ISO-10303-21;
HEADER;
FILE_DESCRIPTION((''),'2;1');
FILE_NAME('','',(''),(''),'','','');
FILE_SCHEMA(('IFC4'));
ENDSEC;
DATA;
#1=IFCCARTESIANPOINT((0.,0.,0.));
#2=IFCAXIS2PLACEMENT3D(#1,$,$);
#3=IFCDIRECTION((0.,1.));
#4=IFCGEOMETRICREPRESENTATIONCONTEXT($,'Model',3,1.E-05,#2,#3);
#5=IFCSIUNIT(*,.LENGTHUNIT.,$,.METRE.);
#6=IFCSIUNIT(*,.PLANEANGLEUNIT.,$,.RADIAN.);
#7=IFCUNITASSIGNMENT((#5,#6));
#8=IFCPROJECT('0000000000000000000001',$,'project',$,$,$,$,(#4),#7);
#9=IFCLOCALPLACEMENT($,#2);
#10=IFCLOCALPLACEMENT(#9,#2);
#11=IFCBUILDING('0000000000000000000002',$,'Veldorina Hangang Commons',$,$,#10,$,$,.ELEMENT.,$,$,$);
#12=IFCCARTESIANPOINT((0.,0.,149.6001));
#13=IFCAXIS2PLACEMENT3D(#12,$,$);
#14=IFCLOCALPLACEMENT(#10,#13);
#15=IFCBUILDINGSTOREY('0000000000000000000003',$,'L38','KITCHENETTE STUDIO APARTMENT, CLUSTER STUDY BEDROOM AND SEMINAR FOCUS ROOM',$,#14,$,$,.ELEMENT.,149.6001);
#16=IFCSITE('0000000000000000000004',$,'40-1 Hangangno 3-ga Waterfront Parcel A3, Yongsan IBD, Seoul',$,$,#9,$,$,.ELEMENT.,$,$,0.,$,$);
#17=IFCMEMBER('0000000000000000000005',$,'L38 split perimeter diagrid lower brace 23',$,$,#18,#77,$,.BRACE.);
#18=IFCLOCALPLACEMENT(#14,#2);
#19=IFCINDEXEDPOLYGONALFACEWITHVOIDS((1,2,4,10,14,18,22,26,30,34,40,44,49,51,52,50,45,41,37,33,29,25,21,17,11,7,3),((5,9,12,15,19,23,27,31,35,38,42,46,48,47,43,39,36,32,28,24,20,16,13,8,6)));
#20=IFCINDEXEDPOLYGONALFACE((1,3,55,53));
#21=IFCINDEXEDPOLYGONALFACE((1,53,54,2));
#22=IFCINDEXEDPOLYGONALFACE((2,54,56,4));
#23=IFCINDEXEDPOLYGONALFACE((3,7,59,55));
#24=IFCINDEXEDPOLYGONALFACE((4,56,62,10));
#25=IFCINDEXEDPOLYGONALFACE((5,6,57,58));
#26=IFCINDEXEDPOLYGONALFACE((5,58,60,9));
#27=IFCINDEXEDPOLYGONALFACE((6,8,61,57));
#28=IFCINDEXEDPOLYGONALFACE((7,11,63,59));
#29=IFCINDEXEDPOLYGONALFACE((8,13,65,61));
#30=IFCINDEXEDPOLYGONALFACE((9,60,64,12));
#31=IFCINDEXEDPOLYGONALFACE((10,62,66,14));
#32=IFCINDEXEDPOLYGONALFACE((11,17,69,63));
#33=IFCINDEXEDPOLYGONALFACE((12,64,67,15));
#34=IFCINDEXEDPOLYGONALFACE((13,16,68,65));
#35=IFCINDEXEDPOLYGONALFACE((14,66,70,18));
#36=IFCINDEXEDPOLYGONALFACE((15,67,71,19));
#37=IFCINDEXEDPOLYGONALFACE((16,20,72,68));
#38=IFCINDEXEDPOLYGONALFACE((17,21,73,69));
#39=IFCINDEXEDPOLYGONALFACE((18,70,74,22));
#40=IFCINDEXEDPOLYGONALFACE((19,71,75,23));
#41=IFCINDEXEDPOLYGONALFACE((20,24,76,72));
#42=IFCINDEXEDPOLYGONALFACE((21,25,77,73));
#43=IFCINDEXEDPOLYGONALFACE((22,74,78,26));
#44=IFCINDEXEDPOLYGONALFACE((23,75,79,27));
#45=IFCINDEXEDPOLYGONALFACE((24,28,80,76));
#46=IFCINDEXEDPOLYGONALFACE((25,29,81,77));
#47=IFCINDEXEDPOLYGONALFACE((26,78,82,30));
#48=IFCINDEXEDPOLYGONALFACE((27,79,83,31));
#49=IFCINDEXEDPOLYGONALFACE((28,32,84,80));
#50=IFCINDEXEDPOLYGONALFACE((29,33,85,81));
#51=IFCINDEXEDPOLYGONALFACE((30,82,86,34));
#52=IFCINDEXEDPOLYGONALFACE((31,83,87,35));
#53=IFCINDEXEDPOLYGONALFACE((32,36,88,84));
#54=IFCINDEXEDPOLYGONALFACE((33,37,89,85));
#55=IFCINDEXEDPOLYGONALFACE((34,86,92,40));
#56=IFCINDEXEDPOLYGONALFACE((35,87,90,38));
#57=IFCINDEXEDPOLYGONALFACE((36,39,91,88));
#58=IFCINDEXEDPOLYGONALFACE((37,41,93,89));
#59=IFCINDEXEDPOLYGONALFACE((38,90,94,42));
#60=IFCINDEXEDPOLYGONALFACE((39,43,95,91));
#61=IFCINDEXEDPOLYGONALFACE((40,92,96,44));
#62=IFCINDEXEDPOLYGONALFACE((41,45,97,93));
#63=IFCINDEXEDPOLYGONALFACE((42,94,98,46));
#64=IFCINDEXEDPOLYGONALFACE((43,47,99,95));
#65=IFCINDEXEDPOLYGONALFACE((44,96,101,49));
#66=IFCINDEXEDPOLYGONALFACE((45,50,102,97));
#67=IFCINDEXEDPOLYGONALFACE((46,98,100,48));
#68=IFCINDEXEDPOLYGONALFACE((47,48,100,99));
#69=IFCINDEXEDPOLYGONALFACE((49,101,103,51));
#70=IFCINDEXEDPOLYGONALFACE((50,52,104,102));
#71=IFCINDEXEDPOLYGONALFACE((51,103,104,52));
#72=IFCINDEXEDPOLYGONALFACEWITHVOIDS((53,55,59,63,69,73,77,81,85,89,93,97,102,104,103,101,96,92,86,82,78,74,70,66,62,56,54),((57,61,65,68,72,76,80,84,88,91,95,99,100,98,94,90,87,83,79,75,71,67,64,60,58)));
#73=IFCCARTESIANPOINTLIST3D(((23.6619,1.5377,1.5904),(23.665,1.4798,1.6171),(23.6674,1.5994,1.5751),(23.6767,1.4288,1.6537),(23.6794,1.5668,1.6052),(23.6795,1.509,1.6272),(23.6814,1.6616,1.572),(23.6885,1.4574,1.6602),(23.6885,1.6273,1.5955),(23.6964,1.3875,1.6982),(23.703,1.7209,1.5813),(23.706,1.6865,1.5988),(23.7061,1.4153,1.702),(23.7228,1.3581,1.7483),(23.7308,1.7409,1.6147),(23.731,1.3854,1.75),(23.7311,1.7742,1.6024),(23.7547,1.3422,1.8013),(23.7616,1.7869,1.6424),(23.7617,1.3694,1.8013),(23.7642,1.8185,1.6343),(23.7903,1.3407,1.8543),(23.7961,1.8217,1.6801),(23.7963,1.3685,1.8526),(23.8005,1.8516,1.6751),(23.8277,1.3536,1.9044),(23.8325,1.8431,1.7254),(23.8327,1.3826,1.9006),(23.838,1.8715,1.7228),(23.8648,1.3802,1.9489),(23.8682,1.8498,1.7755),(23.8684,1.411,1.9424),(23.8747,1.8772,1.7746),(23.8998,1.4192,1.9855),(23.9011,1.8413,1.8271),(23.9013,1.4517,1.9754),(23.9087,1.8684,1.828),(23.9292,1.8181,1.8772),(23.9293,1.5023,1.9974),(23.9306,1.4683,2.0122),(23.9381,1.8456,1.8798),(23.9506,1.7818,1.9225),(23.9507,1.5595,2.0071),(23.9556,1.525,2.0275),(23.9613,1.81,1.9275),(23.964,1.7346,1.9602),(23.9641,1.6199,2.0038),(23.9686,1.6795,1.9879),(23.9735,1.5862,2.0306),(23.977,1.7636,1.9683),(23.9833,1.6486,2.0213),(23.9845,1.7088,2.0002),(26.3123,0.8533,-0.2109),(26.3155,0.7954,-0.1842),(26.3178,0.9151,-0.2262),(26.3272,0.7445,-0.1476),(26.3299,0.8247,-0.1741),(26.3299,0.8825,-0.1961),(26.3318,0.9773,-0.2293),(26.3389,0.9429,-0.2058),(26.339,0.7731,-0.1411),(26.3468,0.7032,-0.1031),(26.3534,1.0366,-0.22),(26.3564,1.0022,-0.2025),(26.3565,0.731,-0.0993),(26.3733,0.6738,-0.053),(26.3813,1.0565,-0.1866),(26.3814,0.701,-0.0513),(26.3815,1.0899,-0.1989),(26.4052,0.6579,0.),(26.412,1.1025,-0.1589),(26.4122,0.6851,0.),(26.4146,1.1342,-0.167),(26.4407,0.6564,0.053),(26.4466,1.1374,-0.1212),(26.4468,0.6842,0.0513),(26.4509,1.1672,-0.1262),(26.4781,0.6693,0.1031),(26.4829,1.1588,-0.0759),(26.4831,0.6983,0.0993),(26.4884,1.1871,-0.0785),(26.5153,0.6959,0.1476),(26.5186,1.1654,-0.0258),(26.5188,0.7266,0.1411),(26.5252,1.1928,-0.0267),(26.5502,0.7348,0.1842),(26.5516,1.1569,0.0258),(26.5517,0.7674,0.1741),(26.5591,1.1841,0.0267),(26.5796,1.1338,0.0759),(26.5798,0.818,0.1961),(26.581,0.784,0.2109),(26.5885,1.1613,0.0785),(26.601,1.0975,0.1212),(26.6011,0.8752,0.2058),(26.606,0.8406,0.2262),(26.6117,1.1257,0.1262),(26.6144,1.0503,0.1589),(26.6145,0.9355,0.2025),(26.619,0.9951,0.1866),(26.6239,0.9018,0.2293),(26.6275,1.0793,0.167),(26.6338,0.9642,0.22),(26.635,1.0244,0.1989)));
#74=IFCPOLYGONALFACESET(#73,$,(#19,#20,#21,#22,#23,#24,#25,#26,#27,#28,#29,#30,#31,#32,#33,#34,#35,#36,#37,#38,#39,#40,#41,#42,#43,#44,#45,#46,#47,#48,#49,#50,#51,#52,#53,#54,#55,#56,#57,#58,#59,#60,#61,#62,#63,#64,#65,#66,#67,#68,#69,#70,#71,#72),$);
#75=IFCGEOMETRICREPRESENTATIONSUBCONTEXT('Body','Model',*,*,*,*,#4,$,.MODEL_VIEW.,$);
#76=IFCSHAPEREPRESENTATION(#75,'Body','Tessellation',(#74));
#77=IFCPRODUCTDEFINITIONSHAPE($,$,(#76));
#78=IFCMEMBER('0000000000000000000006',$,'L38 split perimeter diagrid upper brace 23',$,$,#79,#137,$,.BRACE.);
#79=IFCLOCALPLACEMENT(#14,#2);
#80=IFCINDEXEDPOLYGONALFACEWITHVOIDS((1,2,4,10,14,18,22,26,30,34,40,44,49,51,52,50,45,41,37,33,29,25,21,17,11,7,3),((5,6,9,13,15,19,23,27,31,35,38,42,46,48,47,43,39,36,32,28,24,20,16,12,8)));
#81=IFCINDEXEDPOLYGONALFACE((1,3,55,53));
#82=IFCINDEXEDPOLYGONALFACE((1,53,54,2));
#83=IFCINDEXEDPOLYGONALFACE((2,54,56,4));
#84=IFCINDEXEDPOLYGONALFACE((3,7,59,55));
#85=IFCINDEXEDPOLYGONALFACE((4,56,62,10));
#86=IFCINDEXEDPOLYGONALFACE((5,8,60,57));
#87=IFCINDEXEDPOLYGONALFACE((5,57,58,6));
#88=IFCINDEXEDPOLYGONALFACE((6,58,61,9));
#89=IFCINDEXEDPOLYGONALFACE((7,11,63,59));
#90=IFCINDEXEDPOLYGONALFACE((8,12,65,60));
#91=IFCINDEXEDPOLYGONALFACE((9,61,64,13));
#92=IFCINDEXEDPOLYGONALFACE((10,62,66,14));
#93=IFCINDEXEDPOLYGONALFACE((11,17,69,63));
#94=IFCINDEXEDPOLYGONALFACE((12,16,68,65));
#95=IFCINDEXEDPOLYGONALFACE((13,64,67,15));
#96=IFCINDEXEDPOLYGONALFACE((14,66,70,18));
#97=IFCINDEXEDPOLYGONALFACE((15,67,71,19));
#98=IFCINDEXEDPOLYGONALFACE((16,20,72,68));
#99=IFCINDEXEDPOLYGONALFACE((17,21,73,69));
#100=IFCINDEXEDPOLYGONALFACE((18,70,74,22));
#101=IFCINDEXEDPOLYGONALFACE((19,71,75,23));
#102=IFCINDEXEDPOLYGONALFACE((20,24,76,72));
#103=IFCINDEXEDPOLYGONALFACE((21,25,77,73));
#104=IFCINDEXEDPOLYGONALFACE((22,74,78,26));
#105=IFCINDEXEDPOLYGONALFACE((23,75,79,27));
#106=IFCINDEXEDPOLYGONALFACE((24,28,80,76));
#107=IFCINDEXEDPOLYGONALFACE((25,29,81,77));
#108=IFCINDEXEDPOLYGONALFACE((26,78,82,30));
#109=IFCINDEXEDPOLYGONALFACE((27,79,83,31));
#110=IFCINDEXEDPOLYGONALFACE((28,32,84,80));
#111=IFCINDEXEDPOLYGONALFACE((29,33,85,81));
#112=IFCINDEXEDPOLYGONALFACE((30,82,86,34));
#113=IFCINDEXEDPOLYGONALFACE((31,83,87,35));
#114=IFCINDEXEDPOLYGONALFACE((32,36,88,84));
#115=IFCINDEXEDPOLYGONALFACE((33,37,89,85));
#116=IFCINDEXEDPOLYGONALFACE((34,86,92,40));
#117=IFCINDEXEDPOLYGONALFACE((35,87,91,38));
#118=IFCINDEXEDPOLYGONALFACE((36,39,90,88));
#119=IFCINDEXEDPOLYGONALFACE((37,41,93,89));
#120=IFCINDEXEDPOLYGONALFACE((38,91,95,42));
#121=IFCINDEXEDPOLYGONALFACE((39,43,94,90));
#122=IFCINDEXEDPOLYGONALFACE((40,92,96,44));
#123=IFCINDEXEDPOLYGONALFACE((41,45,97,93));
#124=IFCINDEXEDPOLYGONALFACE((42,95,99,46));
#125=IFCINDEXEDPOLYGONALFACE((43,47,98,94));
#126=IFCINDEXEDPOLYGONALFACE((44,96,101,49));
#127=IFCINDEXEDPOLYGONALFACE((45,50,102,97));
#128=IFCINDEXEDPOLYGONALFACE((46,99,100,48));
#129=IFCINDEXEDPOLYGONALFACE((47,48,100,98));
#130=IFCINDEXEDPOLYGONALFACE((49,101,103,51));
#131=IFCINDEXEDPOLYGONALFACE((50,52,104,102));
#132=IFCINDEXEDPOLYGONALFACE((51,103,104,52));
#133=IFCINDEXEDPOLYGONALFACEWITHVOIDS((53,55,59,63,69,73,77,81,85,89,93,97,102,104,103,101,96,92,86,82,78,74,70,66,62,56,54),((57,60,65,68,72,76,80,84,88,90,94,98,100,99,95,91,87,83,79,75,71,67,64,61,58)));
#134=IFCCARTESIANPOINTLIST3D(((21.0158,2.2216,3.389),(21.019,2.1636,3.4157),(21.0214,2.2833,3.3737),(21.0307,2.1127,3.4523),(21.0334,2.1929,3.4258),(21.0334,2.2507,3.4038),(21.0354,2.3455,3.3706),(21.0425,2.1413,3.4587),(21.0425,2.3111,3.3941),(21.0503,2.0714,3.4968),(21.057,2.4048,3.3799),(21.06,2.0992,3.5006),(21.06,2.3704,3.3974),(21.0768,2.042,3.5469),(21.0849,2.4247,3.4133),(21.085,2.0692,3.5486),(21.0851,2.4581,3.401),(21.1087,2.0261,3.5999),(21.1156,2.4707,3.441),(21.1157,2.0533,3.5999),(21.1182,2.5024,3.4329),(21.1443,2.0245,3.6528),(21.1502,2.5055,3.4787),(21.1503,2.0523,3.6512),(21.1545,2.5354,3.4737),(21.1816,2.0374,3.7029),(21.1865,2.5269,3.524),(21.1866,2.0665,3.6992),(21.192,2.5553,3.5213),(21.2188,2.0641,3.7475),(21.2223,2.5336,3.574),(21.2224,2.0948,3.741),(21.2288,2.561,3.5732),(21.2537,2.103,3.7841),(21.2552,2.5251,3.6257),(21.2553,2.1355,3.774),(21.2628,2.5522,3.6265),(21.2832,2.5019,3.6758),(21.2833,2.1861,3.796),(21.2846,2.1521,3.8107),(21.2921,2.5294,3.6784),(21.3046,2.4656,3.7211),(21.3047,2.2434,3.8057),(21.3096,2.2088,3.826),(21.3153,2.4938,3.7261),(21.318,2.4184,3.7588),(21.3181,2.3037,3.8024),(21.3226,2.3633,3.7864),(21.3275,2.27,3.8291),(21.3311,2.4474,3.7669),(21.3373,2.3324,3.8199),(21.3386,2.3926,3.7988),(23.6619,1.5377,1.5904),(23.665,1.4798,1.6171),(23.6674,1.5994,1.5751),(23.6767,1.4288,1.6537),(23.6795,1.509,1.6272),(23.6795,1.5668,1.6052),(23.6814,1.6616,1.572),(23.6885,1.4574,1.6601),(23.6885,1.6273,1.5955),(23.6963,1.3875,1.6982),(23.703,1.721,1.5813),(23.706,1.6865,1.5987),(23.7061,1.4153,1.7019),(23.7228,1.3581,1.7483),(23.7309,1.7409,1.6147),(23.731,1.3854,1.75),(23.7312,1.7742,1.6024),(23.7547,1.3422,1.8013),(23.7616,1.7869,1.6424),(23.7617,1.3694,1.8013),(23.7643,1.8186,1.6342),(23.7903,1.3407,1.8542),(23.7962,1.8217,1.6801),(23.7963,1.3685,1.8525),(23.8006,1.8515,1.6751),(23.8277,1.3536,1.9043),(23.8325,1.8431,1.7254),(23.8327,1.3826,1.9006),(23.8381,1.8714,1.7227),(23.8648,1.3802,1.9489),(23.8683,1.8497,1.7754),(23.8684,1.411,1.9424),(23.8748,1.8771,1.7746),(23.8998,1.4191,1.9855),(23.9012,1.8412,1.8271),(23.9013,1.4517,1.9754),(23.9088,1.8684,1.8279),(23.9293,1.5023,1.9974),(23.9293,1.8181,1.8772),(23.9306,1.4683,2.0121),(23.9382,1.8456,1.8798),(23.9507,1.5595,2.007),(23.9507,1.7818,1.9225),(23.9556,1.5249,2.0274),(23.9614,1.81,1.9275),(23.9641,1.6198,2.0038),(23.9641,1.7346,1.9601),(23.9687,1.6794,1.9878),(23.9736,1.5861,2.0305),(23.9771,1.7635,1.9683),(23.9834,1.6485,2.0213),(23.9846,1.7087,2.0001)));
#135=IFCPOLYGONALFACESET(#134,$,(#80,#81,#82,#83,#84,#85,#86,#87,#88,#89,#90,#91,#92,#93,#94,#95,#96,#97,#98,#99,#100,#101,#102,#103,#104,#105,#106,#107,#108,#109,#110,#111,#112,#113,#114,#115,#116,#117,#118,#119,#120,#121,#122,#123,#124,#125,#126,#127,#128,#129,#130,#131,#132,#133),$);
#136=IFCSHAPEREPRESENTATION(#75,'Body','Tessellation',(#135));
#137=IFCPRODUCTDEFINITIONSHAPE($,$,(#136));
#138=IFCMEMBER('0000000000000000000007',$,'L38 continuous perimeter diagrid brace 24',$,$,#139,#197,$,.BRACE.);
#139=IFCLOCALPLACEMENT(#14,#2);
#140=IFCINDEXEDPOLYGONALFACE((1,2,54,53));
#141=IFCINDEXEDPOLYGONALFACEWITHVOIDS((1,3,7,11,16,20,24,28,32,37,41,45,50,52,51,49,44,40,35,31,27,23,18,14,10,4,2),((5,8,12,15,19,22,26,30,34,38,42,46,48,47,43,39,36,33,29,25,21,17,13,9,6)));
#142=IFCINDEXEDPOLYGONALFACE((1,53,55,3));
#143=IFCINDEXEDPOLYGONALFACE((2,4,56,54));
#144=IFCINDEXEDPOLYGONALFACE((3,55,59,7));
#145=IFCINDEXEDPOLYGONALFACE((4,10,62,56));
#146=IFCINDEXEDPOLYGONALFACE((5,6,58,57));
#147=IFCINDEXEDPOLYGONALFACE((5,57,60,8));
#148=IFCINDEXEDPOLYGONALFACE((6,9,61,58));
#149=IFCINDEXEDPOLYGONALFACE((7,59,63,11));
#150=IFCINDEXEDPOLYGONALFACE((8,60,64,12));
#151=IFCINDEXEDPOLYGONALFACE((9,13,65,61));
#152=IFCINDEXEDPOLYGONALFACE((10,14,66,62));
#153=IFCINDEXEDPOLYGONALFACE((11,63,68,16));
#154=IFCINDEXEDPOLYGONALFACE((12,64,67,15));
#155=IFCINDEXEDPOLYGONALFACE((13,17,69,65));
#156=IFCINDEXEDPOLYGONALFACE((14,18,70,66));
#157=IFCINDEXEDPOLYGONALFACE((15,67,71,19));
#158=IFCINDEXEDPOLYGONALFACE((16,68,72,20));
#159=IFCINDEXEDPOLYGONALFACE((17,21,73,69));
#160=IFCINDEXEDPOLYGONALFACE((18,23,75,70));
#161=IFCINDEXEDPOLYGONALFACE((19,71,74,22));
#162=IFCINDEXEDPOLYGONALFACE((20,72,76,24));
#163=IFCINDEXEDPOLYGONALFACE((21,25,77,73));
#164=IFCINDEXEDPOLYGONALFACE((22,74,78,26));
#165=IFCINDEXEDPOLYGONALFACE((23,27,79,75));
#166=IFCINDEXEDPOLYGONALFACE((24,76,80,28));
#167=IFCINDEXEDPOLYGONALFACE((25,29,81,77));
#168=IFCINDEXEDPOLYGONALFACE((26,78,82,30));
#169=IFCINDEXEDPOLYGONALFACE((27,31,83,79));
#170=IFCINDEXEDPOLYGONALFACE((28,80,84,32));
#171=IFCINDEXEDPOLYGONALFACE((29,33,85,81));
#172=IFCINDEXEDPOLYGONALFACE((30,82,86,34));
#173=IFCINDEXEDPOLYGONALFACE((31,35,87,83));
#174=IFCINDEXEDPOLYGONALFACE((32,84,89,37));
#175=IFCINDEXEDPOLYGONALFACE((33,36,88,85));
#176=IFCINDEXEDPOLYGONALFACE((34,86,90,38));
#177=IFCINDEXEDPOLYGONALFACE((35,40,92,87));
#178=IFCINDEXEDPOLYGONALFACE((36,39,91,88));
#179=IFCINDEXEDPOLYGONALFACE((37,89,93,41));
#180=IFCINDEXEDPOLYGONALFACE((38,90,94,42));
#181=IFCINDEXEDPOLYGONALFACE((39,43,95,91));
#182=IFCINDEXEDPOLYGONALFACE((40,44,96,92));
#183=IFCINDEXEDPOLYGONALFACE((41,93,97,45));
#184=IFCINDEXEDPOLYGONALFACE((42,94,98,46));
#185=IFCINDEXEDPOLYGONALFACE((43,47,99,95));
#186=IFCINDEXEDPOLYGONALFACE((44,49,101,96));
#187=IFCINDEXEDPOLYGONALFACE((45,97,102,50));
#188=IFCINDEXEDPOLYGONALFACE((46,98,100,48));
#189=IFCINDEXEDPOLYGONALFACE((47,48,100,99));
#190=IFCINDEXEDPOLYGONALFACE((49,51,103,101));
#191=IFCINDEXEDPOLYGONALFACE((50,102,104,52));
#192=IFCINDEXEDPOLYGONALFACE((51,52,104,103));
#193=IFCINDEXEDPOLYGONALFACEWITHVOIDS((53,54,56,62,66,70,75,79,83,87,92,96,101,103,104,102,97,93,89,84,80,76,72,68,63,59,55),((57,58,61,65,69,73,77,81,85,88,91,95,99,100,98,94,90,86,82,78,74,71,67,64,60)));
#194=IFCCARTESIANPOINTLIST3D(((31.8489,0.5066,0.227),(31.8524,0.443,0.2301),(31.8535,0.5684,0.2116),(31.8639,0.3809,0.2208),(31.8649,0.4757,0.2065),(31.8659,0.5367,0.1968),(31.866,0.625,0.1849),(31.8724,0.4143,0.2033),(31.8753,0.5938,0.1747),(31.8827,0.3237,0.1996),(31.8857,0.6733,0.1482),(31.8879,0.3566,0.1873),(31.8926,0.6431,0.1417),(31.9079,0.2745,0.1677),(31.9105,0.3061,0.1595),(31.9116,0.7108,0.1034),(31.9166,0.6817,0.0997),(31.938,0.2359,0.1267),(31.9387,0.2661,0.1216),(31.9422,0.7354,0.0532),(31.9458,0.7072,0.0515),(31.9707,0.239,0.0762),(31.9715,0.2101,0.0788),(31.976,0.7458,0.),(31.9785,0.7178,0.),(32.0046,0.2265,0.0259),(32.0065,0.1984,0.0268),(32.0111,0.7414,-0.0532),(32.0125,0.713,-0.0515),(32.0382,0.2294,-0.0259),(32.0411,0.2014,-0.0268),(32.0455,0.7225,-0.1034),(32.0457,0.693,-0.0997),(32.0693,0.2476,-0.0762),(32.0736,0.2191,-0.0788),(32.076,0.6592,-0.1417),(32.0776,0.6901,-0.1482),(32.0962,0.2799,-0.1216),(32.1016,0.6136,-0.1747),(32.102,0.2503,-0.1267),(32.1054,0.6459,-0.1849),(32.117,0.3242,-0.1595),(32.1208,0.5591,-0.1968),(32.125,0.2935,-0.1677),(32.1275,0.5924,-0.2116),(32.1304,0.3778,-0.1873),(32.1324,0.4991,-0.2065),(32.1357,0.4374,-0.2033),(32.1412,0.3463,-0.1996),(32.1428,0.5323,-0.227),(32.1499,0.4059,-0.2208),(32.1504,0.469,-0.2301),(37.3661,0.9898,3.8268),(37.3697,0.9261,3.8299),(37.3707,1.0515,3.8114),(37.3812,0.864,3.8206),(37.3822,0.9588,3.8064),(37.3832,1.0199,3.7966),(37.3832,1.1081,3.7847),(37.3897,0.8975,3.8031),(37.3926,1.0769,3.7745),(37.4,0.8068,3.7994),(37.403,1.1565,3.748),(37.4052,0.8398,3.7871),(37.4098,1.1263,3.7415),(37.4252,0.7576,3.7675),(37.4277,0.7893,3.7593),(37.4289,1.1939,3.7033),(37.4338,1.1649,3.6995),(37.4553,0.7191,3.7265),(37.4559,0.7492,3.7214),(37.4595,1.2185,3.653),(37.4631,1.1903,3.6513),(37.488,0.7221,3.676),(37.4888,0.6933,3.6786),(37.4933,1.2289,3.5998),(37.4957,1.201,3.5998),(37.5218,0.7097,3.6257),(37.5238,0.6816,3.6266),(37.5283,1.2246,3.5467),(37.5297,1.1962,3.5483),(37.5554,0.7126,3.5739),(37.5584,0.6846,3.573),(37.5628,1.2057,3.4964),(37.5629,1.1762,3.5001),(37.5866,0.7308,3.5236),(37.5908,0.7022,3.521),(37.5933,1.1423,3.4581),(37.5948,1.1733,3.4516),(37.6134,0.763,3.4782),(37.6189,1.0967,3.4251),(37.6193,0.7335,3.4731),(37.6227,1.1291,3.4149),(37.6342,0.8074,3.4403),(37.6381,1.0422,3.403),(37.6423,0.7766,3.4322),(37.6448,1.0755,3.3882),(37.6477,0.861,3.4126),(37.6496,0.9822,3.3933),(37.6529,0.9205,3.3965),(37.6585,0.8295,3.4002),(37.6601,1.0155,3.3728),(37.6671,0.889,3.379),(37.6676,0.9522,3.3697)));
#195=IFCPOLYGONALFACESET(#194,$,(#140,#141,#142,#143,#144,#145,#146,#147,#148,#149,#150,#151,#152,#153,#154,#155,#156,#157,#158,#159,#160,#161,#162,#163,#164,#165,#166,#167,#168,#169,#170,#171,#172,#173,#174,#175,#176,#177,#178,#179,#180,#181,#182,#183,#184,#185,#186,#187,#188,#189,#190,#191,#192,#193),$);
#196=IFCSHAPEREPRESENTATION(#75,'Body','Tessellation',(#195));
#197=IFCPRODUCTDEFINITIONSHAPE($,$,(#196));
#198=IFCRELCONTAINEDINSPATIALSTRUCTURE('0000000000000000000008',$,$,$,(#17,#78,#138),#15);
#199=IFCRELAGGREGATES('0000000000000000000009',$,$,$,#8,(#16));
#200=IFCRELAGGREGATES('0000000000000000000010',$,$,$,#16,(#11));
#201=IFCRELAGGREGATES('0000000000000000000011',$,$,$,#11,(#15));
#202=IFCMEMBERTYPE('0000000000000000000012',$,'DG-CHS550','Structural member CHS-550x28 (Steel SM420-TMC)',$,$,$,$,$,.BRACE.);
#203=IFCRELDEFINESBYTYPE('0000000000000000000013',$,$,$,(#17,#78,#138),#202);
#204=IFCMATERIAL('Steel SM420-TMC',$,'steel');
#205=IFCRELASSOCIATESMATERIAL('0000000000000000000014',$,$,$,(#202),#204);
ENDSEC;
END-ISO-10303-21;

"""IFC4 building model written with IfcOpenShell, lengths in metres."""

from ifc_helpers import new_model, si_unit, direction, frame, origin, origin_2d, place, context, subcontext, project, spatial, hollow_circle, extrude, material, material_profile, profile_set, type_object, element, save


model = new_model("IFC4")

# Units and contexts
model_context = context("Model", 3, precision=1e-05, world=origin(), true_north=direction((0.0, 1.0)))
body_context = subcontext(model_context, "Body", "Model", "MODEL_VIEW")
ifc_project = project(units=[si_unit("LENGTHUNIT", "METRE"), si_unit("PLANEANGLEUNIT", "RADIAN")], contexts=[model_context])

# Site, building, storey
site_placement = place(None, origin())
site = spatial("IfcSite", under=ifc_project, at=site_placement, Name="40-1 Hangangno 3-ga Waterfront Parcel A3, Yongsan IBD, Seoul", CompositionType="ELEMENT", RefElevation=0.0)
building_placement = place(site_placement, origin())
building = spatial("IfcBuilding", under=site, at=building_placement, Name="Veldorina Hangang Commons", CompositionType="ELEMENT")
storey_placement = place(building_placement, frame((0.0, 0.0, 149.6001)))
storey = spatial("IfcBuildingStorey", under=building, at=storey_placement, Name="L38", Description="KITCHENETTE STUDIO APARTMENT, CLUSTER STUDY BEDROOM AND SEMINAR FOCUS ROOM", CompositionType="ELEMENT", Elevation=149.6001)

# Shared definitions
ifc_material_1 = material(Name="Steel SM420-TMC", Category="steel")

# Members
ifc_material_profile_1 = material_profile(ifc_material_1, hollow_circle(Radius=0.2749, WallThickness=0.0281, at=origin_2d()), Name="CHS-550x28")
ifc_profile_set_1 = profile_set([ifc_material_profile_1], Name="Steel SM420-TMC")
member_type = type_object("IfcMemberType", Name="DG-CHS550", Description="Structural member CHS-550x28 (Steel SM420-TMC)", PredefinedType="BRACE", material=ifc_profile_set_1)
member_1_placement = place(storey_placement, frame((26.4739, 0.9241, 0.0), z_axis=(-0.808834, 0.20884, 0.549703), x_axis=(-0.249999, -0.968246, 0.0)))
element("IfcMember", 1, at=member_1_placement, inside=storey, type_object=member_type, Name="L38 split perimeter diagrid lower brace 23", PredefinedType="BRACE", context=body_context, shape_type="SweptSolid", body=[
    extrude(hollow_circle(Radius=0.2749, WallThickness=0.0281, at=origin_2d()), origin(), (0.0, 0.0, 1.0), 3.2769),
])
member_2_placement = place(storey_placement, frame((23.8235, 1.6084, 1.8013), z_axis=(-0.80876, 0.209018, 0.549745), x_axis=(-0.250221, -0.968189, 0.0)))
element("IfcMember", 2, at=member_2_placement, inside=storey, type_object=member_type, Name="L38 split perimeter diagrid upper brace 23", PredefinedType="BRACE", context=body_context, shape_type="SweptSolid", body=[
    extrude(hollow_circle(Radius=0.2749, WallThickness=0.0281, at=origin_2d()), origin(), (0.0, 0.0, 1.0), 3.2717),
])
member_3_placement = place(storey_placement, frame((32.0, 0.4719, 0.0), z_axis=(0.835257, 0.073144, 0.544974), x_axis=(-0.087236, 0.996188, 0.0)))
element("IfcMember", 3, at=member_3_placement, inside=storey, type_object=member_type, Name="L38 continuous perimeter diagrid brace 24", PredefinedType="BRACE", context=body_context, shape_type="SweptSolid", body=[
    extrude(hollow_circle(Radius=0.2749, WallThickness=0.0281, at=origin_2d()), origin(), (0.0, 0.0, 1.0), 6.6055),
])

save(model, "model.ifc")
